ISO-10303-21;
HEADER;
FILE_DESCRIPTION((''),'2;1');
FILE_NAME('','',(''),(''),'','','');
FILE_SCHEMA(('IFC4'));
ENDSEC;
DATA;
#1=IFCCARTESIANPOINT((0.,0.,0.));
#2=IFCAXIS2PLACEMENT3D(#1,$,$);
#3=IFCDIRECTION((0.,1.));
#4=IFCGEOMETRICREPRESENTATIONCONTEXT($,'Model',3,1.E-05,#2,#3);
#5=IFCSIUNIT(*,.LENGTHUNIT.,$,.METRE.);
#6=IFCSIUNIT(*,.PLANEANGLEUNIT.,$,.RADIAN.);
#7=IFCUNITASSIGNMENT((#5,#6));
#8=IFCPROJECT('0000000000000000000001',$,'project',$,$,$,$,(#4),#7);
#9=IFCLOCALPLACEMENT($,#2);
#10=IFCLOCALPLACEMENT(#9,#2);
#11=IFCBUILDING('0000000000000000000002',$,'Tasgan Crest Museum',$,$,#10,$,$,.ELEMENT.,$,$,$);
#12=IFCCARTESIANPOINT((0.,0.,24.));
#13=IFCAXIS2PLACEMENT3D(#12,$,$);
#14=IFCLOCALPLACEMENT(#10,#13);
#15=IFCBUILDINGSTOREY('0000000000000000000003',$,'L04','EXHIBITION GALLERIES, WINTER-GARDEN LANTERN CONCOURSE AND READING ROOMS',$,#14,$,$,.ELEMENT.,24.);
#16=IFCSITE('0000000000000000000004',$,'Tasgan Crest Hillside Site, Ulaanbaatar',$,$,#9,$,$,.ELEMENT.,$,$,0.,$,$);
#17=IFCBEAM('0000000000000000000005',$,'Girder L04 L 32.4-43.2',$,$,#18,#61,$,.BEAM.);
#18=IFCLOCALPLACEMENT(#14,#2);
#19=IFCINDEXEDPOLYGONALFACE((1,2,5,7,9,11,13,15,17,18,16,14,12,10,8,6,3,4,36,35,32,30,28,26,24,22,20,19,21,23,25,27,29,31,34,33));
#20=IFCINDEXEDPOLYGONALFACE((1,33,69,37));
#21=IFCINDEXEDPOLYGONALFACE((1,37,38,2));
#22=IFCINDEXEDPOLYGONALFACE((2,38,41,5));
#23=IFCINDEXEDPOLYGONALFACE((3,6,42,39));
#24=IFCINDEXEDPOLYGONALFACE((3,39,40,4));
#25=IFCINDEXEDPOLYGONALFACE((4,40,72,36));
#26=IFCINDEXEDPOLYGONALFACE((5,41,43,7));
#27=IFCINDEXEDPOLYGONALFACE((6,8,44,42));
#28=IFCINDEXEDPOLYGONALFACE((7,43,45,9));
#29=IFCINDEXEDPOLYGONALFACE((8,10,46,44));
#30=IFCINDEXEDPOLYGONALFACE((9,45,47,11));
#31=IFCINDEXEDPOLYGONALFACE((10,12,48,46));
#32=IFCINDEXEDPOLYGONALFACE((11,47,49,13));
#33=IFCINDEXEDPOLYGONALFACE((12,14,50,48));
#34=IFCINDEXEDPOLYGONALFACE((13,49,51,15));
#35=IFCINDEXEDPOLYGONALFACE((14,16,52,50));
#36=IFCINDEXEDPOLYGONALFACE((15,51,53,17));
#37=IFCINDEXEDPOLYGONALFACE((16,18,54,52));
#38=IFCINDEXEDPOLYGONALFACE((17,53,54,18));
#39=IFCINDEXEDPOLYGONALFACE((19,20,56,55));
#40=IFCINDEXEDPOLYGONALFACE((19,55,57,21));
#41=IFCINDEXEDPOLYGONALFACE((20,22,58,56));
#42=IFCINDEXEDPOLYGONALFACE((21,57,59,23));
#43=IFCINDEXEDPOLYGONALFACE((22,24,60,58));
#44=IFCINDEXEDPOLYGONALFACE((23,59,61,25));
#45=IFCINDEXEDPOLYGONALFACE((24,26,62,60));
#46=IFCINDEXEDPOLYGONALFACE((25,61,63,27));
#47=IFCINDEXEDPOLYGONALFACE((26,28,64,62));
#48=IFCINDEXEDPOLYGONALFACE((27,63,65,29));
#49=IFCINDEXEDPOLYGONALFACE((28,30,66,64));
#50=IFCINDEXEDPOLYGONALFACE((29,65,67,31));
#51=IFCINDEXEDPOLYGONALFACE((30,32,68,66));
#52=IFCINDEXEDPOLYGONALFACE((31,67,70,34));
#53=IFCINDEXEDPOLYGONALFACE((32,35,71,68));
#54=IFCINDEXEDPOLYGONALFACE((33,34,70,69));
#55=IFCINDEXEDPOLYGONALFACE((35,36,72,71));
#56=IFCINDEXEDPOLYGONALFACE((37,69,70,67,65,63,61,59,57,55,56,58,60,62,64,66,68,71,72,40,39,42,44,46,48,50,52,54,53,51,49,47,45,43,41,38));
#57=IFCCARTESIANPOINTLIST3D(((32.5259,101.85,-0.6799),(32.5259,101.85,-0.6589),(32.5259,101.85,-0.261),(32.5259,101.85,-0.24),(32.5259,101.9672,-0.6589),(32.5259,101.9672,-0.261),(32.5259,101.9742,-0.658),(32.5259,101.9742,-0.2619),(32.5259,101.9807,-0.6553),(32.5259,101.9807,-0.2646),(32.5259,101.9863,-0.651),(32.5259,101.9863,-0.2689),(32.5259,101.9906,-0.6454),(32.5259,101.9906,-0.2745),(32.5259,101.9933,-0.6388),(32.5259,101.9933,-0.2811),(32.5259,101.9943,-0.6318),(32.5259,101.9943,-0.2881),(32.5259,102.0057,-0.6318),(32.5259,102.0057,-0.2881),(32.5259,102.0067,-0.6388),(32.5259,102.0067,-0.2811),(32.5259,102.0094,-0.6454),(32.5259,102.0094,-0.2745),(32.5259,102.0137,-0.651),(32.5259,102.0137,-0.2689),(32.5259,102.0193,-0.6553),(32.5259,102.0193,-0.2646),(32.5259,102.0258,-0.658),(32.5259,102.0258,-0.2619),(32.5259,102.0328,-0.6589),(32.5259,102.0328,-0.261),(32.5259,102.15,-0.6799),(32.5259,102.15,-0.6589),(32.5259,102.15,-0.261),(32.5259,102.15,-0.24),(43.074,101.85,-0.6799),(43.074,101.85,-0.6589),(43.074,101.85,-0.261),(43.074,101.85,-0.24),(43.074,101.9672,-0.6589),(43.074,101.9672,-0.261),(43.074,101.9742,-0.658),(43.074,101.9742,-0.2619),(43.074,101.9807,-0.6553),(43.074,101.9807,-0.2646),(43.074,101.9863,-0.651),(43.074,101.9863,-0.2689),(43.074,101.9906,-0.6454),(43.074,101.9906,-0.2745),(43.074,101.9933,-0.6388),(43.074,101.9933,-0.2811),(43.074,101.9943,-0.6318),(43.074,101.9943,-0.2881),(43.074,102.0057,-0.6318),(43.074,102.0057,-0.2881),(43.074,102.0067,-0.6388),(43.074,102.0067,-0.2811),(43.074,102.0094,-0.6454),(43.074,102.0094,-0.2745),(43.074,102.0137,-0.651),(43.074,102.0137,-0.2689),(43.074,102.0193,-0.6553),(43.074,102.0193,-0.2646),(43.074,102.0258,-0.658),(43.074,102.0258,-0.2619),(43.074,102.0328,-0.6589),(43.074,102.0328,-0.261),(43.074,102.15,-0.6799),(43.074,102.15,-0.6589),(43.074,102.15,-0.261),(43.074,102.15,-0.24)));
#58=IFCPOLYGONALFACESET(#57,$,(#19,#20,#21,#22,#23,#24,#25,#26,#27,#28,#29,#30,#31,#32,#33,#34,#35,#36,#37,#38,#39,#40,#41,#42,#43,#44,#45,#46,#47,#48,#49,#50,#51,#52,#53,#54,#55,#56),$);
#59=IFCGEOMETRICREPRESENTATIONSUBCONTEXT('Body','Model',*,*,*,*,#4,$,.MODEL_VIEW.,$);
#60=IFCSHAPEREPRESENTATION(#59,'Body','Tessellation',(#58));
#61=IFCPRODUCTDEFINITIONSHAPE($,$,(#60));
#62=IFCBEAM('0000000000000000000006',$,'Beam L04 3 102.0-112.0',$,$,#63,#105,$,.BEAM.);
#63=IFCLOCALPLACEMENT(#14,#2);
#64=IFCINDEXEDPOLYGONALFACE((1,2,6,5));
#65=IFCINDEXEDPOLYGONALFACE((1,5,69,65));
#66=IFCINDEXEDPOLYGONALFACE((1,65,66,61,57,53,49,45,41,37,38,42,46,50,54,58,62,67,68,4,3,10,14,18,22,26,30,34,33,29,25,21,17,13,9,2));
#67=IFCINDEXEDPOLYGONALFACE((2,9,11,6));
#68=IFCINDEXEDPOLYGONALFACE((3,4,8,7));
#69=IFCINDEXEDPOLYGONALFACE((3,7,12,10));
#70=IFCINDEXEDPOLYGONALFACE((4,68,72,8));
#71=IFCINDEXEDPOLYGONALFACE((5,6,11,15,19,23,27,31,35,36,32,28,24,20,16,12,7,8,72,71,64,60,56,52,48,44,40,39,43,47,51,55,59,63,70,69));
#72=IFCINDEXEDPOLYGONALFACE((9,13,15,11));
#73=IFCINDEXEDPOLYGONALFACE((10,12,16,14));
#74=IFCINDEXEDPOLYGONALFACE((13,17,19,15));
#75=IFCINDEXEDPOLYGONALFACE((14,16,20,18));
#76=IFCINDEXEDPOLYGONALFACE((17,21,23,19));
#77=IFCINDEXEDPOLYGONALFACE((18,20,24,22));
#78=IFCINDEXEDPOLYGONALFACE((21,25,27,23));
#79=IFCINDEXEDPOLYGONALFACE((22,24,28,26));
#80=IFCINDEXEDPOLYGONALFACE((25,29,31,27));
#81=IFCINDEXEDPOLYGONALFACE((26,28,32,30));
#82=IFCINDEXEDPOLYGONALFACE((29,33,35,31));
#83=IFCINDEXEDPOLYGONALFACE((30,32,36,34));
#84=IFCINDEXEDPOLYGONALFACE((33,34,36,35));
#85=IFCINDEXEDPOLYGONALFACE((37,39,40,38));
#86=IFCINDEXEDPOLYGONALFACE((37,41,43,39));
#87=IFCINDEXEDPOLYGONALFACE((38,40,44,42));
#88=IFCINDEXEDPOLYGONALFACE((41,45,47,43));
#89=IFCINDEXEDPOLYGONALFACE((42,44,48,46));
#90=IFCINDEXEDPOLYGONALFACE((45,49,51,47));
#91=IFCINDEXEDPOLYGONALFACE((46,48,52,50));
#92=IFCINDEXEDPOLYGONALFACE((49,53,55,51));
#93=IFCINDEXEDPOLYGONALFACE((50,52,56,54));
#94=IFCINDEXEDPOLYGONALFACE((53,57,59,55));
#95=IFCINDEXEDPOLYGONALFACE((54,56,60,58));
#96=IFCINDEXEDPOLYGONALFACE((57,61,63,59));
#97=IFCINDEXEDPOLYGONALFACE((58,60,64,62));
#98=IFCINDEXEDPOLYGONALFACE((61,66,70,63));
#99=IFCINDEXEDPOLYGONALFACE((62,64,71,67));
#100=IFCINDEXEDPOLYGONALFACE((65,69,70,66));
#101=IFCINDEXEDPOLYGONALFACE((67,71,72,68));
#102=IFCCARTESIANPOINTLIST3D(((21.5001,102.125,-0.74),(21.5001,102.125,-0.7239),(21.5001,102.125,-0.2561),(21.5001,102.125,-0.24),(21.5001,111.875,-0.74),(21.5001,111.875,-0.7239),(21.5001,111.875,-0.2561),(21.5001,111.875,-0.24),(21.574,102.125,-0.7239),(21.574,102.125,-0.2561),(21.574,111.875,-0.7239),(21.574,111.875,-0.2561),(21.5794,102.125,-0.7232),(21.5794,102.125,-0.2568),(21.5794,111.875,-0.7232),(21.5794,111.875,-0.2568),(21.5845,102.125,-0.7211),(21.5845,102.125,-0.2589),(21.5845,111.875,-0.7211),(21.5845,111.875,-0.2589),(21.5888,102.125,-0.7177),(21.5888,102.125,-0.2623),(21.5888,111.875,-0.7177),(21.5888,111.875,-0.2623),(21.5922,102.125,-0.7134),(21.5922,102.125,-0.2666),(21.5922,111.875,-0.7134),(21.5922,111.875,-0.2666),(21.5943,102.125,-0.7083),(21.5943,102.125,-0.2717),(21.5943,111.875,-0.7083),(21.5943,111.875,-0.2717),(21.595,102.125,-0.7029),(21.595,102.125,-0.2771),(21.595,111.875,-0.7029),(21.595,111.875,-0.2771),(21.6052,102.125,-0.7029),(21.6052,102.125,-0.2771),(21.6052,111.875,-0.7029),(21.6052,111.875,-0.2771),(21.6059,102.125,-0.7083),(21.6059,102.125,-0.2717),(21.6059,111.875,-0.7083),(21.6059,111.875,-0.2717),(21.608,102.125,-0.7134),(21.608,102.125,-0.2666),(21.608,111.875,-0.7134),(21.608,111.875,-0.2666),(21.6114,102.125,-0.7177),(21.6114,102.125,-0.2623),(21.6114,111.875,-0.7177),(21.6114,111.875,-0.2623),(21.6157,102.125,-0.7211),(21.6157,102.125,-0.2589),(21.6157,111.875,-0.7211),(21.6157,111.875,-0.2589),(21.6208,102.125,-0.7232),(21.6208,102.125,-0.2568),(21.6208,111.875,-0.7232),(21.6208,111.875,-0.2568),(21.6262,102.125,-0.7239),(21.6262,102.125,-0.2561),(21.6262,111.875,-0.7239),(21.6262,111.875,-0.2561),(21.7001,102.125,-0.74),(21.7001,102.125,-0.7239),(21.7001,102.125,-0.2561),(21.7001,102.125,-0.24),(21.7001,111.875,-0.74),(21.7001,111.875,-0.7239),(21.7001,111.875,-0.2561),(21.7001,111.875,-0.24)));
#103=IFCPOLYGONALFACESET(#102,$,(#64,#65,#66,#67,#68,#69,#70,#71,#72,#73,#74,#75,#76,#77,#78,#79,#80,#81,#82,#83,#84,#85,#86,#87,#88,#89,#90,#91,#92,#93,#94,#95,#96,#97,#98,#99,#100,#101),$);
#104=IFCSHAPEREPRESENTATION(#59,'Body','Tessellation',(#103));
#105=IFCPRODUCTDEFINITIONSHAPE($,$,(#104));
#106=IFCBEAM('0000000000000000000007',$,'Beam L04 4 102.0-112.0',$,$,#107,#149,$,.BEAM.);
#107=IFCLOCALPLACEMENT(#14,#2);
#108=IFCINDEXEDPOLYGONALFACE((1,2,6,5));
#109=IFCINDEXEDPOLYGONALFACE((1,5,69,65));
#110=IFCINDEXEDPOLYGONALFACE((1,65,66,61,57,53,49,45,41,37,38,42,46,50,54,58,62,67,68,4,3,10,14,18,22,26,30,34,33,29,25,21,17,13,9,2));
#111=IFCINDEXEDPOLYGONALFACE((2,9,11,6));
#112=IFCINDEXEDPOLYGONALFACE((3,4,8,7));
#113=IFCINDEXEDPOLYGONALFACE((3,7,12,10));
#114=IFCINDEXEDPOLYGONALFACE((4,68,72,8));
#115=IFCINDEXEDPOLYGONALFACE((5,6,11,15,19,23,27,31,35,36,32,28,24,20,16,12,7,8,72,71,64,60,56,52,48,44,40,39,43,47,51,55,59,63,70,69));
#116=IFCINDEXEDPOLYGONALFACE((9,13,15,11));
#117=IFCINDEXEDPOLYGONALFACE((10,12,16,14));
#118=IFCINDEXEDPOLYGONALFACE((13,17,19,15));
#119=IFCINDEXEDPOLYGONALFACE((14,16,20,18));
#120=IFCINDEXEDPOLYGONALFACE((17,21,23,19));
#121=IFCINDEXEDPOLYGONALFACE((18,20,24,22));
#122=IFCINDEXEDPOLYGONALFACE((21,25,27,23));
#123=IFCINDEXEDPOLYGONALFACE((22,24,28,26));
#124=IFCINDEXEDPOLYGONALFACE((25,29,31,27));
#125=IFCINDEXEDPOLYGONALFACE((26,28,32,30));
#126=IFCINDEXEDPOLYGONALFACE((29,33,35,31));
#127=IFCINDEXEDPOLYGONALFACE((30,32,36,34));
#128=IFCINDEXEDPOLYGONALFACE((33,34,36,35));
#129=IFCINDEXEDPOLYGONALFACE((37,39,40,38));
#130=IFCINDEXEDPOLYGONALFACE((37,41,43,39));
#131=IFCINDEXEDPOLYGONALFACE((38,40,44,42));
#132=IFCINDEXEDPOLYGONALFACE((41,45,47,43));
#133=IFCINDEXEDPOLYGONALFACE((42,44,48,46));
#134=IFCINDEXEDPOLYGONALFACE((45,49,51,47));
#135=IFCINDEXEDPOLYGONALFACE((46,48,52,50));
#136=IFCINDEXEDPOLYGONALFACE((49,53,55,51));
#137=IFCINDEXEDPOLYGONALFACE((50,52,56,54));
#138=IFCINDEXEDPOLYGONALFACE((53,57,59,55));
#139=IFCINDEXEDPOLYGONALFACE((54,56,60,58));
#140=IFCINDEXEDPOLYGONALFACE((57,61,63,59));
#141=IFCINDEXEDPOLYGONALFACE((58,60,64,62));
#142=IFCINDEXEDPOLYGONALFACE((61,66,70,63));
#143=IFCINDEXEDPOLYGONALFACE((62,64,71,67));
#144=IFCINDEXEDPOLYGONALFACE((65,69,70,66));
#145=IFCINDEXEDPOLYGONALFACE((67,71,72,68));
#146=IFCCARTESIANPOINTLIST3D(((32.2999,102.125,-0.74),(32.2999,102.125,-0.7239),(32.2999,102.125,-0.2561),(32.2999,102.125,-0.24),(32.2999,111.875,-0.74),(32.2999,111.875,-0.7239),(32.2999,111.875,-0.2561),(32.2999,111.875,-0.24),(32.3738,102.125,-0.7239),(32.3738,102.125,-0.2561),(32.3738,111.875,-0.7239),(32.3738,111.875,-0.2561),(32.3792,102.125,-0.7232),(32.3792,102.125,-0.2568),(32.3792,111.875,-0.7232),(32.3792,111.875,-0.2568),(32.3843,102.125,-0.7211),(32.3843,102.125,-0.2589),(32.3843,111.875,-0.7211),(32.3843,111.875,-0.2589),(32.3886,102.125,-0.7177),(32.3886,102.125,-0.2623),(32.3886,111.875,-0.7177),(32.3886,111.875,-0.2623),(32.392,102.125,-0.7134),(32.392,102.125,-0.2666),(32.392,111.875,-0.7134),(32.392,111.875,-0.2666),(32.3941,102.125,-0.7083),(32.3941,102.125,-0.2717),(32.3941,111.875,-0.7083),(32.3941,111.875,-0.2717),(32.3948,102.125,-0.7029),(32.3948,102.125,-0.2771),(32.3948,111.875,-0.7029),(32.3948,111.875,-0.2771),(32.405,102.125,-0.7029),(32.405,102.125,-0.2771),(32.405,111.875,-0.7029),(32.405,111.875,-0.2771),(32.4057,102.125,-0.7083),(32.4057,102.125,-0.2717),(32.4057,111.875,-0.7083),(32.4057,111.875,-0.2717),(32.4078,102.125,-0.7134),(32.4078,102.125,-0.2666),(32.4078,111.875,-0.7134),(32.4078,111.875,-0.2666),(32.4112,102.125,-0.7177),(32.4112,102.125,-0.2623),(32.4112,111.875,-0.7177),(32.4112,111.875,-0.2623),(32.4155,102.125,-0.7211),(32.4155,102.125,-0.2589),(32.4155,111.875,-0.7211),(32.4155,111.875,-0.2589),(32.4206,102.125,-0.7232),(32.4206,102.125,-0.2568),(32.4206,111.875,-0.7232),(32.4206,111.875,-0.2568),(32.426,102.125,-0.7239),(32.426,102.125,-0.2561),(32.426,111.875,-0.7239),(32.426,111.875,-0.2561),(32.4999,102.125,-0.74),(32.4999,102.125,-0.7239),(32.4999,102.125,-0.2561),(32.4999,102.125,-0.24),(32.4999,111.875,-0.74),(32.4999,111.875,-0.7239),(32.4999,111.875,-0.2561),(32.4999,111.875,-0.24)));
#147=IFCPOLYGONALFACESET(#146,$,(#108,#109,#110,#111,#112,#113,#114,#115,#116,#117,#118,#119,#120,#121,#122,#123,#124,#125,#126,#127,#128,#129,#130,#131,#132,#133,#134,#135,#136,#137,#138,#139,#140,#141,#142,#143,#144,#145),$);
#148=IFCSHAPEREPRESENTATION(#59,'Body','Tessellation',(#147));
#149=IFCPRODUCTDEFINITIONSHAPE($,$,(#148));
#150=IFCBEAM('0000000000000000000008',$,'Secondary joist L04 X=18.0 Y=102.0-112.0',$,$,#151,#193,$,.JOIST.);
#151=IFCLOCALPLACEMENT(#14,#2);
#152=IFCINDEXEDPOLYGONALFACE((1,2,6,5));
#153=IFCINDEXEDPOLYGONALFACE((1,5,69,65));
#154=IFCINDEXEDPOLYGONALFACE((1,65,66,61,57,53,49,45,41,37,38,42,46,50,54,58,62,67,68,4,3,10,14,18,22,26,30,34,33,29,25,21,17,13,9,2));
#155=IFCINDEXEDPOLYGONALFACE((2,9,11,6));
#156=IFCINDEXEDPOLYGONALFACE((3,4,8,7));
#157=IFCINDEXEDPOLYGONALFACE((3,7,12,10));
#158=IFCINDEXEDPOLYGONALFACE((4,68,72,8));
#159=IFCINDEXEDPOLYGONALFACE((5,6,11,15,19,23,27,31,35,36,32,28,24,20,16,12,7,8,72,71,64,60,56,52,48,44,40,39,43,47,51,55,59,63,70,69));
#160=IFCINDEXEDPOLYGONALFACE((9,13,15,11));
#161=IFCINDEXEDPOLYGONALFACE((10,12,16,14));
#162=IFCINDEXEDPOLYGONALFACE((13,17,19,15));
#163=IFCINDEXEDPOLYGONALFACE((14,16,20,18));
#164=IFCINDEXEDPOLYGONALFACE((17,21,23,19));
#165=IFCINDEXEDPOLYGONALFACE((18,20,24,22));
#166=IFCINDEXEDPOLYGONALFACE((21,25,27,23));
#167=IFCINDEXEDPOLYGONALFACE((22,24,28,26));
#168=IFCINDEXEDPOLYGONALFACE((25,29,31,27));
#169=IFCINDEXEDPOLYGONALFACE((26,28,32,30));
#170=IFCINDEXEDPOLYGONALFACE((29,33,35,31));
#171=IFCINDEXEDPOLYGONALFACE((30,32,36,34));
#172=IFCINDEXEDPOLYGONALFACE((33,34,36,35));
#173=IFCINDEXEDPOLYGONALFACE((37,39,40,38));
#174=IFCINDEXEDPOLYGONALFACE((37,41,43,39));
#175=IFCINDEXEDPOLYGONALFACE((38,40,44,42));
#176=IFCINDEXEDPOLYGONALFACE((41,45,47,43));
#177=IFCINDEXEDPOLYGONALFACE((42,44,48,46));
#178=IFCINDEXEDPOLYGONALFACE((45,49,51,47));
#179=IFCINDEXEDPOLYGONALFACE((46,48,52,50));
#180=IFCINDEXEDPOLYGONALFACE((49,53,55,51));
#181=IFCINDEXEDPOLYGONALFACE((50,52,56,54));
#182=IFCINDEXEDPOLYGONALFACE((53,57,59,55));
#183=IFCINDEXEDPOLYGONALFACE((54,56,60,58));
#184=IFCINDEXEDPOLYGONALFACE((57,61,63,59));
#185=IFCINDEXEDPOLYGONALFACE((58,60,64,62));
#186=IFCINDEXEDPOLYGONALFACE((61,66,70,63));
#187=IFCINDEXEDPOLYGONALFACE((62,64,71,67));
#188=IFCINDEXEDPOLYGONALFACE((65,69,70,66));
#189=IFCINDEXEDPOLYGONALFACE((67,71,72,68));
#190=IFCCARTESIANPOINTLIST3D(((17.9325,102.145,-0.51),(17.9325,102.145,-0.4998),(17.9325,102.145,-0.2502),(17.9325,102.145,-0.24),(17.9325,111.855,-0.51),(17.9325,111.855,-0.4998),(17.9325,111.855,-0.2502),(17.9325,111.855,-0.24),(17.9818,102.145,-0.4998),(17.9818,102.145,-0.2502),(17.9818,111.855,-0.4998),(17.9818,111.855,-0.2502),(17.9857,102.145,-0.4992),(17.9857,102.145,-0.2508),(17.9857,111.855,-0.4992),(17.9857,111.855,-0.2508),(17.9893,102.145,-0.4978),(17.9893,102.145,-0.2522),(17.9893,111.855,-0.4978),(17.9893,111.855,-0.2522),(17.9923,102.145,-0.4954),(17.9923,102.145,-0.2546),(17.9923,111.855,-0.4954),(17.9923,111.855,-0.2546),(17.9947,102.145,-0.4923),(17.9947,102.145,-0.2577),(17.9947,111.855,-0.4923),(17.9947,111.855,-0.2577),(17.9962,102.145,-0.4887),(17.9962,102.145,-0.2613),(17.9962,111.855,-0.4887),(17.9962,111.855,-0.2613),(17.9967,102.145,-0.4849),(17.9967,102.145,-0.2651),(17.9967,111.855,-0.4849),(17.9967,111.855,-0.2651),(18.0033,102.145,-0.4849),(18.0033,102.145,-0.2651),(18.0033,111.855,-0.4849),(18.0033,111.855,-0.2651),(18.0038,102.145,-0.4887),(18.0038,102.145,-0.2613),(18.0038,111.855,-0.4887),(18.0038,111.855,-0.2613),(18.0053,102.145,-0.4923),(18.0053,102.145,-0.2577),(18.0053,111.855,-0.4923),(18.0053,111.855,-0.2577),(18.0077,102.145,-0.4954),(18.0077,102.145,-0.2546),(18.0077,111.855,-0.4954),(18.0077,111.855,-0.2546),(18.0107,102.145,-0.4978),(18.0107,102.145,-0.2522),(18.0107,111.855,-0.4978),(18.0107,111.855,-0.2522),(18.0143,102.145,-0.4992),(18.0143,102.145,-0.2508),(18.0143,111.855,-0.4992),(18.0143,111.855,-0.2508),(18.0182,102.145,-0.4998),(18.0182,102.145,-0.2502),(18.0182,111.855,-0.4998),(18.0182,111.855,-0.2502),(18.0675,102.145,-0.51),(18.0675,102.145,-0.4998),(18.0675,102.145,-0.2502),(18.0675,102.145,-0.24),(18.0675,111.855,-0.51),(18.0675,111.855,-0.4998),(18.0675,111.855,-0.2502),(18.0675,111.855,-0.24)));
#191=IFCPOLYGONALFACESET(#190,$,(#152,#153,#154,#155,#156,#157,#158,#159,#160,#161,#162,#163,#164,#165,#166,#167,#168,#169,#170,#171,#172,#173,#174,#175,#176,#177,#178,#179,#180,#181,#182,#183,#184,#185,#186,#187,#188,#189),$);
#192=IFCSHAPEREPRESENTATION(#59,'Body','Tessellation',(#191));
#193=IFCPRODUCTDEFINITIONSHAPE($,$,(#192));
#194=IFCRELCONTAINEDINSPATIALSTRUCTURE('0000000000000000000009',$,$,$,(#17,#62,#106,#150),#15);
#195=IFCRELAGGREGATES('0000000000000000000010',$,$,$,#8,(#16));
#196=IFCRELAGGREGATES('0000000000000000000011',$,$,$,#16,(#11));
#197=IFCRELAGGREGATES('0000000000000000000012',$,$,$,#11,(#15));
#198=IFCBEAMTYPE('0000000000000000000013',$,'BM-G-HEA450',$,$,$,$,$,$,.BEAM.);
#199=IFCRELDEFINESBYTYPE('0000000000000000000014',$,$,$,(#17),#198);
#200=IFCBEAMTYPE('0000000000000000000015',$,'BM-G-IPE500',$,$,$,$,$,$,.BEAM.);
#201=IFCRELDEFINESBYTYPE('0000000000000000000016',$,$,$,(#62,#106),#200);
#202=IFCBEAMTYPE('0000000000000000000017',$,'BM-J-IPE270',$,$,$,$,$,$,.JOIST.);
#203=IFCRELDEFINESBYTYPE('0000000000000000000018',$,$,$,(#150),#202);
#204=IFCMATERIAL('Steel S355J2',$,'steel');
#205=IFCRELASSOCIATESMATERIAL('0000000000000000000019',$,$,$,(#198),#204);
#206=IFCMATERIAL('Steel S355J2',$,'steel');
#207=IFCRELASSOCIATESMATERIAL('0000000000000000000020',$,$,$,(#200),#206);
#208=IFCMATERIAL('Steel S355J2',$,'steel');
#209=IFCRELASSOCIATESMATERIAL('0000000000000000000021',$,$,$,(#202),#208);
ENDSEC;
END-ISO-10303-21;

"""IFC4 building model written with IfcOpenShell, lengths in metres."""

from ifc_helpers import new_model, si_unit, direction, frame, origin, origin_2d, place, context, subcontext, project, spatial, i_section, extrude, material, material_profile, profile_set, type_object, element, save


model = new_model("IFC4")

# Units and contexts
model_context = context("Model", 3, precision=1e-05, world=origin(), true_north=direction((0.0, 1.0)))
body_context = subcontext(model_context, "Body", "Model", "MODEL_VIEW")
ifc_project = project(units=[si_unit("LENGTHUNIT", "METRE"), si_unit("PLANEANGLEUNIT", "RADIAN")], contexts=[model_context])

# Site, building, storey
site_placement = place(None, origin())
site = spatial("IfcSite", under=ifc_project, at=site_placement, Name="Tasgan Crest Hillside Site, Ulaanbaatar", CompositionType="ELEMENT", RefElevation=0.0)
building_placement = place(site_placement, origin())
building = spatial("IfcBuilding", under=site, at=building_placement, Name="Tasgan Crest Museum", CompositionType="ELEMENT")
storey_placement = place(building_placement, frame((0.0, 0.0, 24.0)))
storey = spatial("IfcBuildingStorey", under=building, at=storey_placement, Name="L04", Description="EXHIBITION GALLERIES, WINTER-GARDEN LANTERN CONCOURSE AND READING ROOMS", CompositionType="ELEMENT", Elevation=24.0)

# Beams
ifc_material_1 = material(Name="Steel S355J2", Category="steel")
ifc_material_profile_1 = material_profile(ifc_material_1, i_section(OverallWidth=0.3, OverallDepth=0.4399, WebThickness=0.0115, FlangeThickness=0.021, FilletRadius=0.0271, at=origin_2d()), Name="HEA 450")
ifc_profile_set_1 = profile_set([ifc_material_profile_1], Name="Steel S355J2")
beam_type_1 = type_object("IfcBeamType", Name="BM-G-HEA450", PredefinedType="BEAM", material=ifc_profile_set_1)
beam_1_placement = place(storey_placement, frame((32.5259, 102.0, -0.46), z_axis=(1.0, 0.0, 0.0), x_axis=(0.0, 1.0, 0.0)))
element("IfcBeam", 1, at=beam_1_placement, inside=storey, type_object=beam_type_1, Name="Girder L04 L 32.4-43.2", PredefinedType="BEAM", context=body_context, shape_type="SweptSolid", body=[
    extrude(i_section(OverallWidth=0.3, OverallDepth=0.4399, WebThickness=0.0115, FlangeThickness=0.021, FilletRadius=0.0271, at=origin_2d()), origin(), (0.0, 0.0, 1.0), 10.5481),
])
ifc_material_2 = material(Name="Steel S355J2", Category="steel")
ifc_material_profile_2 = material_profile(ifc_material_2, i_section(OverallWidth=0.2, OverallDepth=0.5, WebThickness=0.0103, FlangeThickness=0.0161, FilletRadius=0.021, at=origin_2d()), Name="IPE 500")
ifc_profile_set_2 = profile_set([ifc_material_profile_2], Name="Steel S355J2")
beam_type_2 = type_object("IfcBeamType", Name="BM-G-IPE500", PredefinedType="BEAM", material=ifc_profile_set_2)
for number, where, z_axis, x_axis, name in (
    (2, (21.6001, 102.125, -0.49), (0.0, 1.0, 0.0), (-1.0, 0.0, 0.0), "Beam L04 3 102.0-112.0"),
    (3, (32.3999, 102.125, -0.49), (0.0, 1.0, 0.0), (-1.0, 0.0, 0.0), "Beam L04 4 102.0-112.0"),
):
    element("IfcBeam", number, at=place(storey_placement, frame(where, z_axis=z_axis, x_axis=x_axis)), inside=storey, type_object=beam_type_2, Name=name, PredefinedType="BEAM", context=body_context, shape_type="SweptSolid", body=[
        extrude(i_section(OverallWidth=0.2, OverallDepth=0.5, WebThickness=0.0103, FlangeThickness=0.0161, FilletRadius=0.021, at=origin_2d()), origin(), (0.0, 0.0, 1.0), 9.75),
    ])
ifc_material_3 = material(Name="Steel S355J2", Category="steel")
ifc_material_profile_3 = material_profile(ifc_material_3, i_section(OverallWidth=0.135, OverallDepth=0.27, WebThickness=0.0066, FlangeThickness=0.0103, FilletRadius=0.0149, at=origin_2d()), Name="IPE 270")
ifc_profile_set_3 = profile_set([ifc_material_profile_3], Name="Steel S355J2")
beam_type_3 = type_object("IfcBeamType", Name="BM-J-IPE270", PredefinedType="JOIST", material=ifc_profile_set_3)
for number, where, z_axis, x_axis, name in (
    (4, (18.0, 102.145, -0.375), (0.0, 1.0, 0.0), (-1.0, 0.0, 0.0), "Secondary joist L04 X=18.0 Y=102.0-112.0"),
):
    element("IfcBeam", number, at=place(storey_placement, frame(where, z_axis=z_axis, x_axis=x_axis)), inside=storey, type_object=beam_type_3, Name=name, PredefinedType="JOIST", context=body_context, shape_type="SweptSolid", body=[
        extrude(i_section(OverallWidth=0.135, OverallDepth=0.27, WebThickness=0.0066, FlangeThickness=0.0103, FilletRadius=0.0149, at=origin_2d()), origin(), (0.0, 0.0, 1.0), 9.71),
    ])

save(model, "model.ifc")
